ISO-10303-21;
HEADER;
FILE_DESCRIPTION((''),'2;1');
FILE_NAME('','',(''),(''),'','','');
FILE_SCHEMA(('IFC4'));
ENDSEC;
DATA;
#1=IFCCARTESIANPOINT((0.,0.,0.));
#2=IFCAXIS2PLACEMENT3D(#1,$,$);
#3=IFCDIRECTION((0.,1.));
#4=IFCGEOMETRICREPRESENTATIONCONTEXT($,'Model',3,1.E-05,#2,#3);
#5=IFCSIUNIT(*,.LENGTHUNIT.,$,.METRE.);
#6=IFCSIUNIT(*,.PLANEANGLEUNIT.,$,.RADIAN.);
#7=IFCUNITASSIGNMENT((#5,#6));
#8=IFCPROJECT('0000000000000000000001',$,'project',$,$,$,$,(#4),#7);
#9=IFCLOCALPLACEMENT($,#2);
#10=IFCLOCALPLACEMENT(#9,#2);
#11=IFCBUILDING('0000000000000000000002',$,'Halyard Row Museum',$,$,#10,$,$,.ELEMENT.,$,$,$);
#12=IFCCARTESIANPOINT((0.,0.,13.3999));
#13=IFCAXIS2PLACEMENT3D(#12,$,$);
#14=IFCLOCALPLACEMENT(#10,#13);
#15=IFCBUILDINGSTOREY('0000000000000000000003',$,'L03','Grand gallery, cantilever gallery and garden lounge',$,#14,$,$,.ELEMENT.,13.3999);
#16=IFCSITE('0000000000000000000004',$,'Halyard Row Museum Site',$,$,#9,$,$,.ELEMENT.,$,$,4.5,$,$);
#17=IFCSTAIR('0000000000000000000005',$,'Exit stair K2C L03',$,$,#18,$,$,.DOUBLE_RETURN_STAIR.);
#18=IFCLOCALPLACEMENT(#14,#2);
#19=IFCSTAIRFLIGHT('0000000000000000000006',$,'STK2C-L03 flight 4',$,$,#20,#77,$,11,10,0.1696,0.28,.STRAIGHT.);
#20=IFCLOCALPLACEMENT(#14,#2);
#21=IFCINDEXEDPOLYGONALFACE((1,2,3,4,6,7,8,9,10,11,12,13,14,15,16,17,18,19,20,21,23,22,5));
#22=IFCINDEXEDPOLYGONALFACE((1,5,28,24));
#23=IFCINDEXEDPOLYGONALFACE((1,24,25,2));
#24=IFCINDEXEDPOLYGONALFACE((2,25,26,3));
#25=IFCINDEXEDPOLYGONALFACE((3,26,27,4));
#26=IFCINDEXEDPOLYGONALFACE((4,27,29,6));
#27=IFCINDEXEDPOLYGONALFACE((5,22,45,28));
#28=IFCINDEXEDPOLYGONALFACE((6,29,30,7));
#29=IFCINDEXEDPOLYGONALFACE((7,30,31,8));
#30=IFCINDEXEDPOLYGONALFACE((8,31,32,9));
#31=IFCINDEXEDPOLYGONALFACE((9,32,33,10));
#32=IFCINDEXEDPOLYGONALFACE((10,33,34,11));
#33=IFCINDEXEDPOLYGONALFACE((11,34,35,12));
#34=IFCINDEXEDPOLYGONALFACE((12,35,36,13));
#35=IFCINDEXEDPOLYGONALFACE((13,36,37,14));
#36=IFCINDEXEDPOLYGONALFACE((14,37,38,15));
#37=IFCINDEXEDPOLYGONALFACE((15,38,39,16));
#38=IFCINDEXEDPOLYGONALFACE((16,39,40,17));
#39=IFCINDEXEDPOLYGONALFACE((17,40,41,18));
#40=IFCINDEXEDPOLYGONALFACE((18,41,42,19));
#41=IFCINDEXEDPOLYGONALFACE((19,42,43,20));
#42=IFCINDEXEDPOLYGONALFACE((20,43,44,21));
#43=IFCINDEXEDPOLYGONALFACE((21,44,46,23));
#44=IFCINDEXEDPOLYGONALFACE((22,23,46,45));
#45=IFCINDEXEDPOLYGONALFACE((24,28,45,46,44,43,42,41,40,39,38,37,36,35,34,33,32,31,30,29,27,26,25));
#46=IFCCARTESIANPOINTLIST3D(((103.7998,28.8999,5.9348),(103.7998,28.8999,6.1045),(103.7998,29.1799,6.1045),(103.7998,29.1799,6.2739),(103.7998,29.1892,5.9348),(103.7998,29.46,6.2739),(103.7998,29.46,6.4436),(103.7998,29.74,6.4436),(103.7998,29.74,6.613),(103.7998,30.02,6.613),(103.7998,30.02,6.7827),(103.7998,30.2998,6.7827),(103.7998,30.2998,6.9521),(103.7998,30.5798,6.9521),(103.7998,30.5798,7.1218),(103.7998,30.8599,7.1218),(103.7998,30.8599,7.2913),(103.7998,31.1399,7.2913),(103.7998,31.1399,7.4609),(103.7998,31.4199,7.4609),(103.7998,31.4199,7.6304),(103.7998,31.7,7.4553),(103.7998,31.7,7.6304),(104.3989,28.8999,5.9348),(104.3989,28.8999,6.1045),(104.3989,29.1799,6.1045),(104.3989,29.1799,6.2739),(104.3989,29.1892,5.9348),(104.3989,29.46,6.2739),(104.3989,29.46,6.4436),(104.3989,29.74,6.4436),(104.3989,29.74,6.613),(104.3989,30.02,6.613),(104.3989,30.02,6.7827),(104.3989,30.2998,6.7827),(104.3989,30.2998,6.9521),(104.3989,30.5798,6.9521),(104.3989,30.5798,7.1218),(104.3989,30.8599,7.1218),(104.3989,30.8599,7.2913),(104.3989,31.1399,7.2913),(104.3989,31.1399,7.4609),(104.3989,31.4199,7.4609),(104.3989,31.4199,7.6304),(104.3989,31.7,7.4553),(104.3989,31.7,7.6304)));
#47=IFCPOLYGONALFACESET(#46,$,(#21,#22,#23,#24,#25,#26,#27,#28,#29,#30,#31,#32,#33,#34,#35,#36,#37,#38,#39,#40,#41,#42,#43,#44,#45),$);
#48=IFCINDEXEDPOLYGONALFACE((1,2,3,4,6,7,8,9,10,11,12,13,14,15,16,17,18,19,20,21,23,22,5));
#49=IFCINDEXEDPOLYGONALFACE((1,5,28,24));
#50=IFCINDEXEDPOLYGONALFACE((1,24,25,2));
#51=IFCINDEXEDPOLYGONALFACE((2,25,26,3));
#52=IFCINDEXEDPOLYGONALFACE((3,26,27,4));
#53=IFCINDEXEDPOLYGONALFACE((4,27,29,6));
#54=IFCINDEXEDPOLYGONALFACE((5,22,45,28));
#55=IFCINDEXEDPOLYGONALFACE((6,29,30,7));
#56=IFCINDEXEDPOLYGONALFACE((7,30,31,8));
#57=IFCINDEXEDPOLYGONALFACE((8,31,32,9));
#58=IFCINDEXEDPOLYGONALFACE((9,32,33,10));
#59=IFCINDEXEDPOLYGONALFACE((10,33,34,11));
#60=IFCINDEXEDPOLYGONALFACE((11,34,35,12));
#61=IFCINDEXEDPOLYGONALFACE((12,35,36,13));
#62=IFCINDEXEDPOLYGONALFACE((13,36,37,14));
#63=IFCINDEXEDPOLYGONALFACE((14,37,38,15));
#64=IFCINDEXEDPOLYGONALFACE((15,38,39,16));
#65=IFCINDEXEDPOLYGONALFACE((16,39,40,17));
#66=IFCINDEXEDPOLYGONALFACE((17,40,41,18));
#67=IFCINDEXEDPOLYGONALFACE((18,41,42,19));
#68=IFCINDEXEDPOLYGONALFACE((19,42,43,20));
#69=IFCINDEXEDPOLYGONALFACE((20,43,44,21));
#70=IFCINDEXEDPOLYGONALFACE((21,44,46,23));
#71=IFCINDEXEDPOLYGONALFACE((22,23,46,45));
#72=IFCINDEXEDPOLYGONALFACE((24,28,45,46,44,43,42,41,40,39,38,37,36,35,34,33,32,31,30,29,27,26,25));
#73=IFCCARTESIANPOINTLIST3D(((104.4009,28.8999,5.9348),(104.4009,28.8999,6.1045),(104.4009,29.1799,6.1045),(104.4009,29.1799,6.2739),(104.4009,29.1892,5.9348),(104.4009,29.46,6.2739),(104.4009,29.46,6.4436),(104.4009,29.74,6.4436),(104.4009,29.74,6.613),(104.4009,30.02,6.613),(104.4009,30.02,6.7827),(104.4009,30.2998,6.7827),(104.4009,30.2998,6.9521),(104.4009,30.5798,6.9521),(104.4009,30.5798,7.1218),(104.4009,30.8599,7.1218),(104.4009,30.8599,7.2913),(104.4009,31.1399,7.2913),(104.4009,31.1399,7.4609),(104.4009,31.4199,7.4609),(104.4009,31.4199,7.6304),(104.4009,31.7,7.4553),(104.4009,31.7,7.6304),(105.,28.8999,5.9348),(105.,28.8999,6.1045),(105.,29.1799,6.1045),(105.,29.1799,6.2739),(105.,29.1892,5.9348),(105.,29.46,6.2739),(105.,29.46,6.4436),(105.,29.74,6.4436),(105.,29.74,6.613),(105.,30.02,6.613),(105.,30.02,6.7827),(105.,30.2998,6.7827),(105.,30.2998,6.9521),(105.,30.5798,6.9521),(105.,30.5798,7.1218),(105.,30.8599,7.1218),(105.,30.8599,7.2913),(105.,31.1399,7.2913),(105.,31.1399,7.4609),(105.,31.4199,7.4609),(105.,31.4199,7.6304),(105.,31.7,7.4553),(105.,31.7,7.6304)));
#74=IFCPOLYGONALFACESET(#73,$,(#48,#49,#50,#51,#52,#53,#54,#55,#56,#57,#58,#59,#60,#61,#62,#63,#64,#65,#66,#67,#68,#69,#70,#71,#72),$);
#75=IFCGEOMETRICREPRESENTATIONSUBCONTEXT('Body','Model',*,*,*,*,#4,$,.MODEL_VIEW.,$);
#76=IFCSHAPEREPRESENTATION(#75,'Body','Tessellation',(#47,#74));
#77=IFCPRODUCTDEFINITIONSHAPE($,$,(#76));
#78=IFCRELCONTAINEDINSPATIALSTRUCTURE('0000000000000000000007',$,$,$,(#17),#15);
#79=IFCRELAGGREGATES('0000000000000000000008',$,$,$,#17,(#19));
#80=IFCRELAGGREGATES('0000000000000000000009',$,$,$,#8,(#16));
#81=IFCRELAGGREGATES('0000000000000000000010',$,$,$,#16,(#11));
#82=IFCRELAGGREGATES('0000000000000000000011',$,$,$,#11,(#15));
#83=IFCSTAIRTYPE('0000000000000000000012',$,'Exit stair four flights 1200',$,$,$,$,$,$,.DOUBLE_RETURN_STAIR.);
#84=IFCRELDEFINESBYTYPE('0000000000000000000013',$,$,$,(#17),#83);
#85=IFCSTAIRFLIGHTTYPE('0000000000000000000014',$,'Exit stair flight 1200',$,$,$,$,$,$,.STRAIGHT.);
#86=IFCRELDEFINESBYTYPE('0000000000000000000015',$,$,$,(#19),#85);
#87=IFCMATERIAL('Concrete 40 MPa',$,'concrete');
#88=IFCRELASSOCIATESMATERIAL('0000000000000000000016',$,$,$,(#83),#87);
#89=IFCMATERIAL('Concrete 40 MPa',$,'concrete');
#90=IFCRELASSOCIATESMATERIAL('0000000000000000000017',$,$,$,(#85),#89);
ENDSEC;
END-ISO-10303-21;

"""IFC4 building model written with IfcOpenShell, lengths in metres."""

from ifc_helpers import new_model, si_unit, direction, frame, origin, place, context, subcontext, project, spatial, polyline, outline, extrude, material, type_object, element, aggregate, save


model = new_model("IFC4")

# Units and contexts
model_context = context("Model", 3, precision=1e-05, world=origin(), true_north=direction((0.0, 1.0)))
body_context = subcontext(model_context, "Body", "Model", "MODEL_VIEW")
ifc_project = project(units=[si_unit("LENGTHUNIT", "METRE"), si_unit("PLANEANGLEUNIT", "RADIAN")], contexts=[model_context])

# Site, building, storey
site_placement = place(None, origin())
site = spatial("IfcSite", under=ifc_project, at=site_placement, Name="Halyard Row Museum Site", CompositionType="ELEMENT", RefElevation=4.5)
building_placement = place(site_placement, origin())
building = spatial("IfcBuilding", under=site, at=building_placement, Name="Halyard Row Museum", CompositionType="ELEMENT")
storey_placement = place(building_placement, frame((0.0, 0.0, 13.3999)))
storey = spatial("IfcBuildingStorey", under=building, at=storey_placement, Name="L03", Description="Grand gallery, cantilever gallery and garden lounge", CompositionType="ELEMENT", Elevation=13.3999)

# Stair, stair flight
ifc_material_1 = material(Name="Concrete 40 MPa", Category="concrete")
stair_type = type_object("IfcStairType", Name="Exit stair four flights 1200", PredefinedType="DOUBLE_RETURN_STAIR", material=ifc_material_1)
stair_placement = place(storey_placement, origin())
stair = element("IfcStair", 1, at=stair_placement, inside=storey, type_object=stair_type, Name="Exit stair K2C L03", PredefinedType="DOUBLE_RETURN_STAIR")
ifc_material_2 = material(Name="Concrete 40 MPa", Category="concrete")
stair_flight_type = type_object("IfcStairFlightType", Name="Exit stair flight 1200", PredefinedType="STRAIGHT", material=ifc_material_2)
stair_flight_placement = place(storey_placement, frame((104.3999, 28.8999, 5.9348), z_axis=(0.0, 0.0, 1.0), x_axis=(0.0, 1.0, 0.0)))
stair_flight = element("IfcStairFlight", 2, at=stair_flight_placement, type_object=stair_flight_type, Name="STK2C-L03 flight 4", NumberOfRisers=11, NumberOfTreads=10, PredefinedType="STRAIGHT", RiserHeight=0.1696, TreadLength=0.28, context=body_context, shape_type="SweptSolid", body=[
    extrude(outline(polyline([(0.0, 0.0), (0.0, 0.1697), (0.28, 0.1697), (0.28, 0.3391), (0.5601, 0.3391), (0.5601, 0.5088), (0.8401, 0.5088), (0.8401, 0.6782), (1.1201, 0.6782), (1.1201, 0.8479), (1.3999, 0.8479), (1.3999, 1.0173), (1.6799, 1.0173), (1.6799, 1.187), (1.96, 1.187), (1.96, 1.3564), (2.24, 1.3564), (2.24, 1.5261), (2.52, 1.5261), (2.52, 1.6956), (2.8, 1.6956), (2.8, 1.8652), (2.8, 1.5205), (0.2893, 0.0), (0.0, 0.0)])), frame((0.0, 0.6001, 0.0), z_axis=(0.0, -1.0, 0.0), x_axis=(1.0, 0.0, 0.0)), (0.0, 0.0, 1.0), 0.5991),
    extrude(outline(polyline([(0.0, 0.0), (0.0, 0.1697), (0.28, 0.1697), (0.28, 0.3391), (0.5601, 0.3391), (0.5601, 0.5088), (0.8401, 0.5088), (0.8401, 0.6782), (1.1201, 0.6782), (1.1201, 0.8479), (1.3999, 0.8479), (1.3999, 1.0173), (1.6799, 1.0173), (1.6799, 1.187), (1.96, 1.187), (1.96, 1.3564), (2.24, 1.3564), (2.24, 1.5261), (2.52, 1.5261), (2.52, 1.6956), (2.8, 1.6956), (2.8, 1.8652), (2.8, 1.5205), (0.2893, 0.0), (0.0, 0.0)])), frame((0.0, -0.001, 0.0), z_axis=(0.0, -1.0, 0.0), x_axis=(1.0, 0.0, 0.0)), (0.0, 0.0, 1.0), 0.5991),
])
aggregate(stair, [stair_flight])

save(model, "model.ifc")
